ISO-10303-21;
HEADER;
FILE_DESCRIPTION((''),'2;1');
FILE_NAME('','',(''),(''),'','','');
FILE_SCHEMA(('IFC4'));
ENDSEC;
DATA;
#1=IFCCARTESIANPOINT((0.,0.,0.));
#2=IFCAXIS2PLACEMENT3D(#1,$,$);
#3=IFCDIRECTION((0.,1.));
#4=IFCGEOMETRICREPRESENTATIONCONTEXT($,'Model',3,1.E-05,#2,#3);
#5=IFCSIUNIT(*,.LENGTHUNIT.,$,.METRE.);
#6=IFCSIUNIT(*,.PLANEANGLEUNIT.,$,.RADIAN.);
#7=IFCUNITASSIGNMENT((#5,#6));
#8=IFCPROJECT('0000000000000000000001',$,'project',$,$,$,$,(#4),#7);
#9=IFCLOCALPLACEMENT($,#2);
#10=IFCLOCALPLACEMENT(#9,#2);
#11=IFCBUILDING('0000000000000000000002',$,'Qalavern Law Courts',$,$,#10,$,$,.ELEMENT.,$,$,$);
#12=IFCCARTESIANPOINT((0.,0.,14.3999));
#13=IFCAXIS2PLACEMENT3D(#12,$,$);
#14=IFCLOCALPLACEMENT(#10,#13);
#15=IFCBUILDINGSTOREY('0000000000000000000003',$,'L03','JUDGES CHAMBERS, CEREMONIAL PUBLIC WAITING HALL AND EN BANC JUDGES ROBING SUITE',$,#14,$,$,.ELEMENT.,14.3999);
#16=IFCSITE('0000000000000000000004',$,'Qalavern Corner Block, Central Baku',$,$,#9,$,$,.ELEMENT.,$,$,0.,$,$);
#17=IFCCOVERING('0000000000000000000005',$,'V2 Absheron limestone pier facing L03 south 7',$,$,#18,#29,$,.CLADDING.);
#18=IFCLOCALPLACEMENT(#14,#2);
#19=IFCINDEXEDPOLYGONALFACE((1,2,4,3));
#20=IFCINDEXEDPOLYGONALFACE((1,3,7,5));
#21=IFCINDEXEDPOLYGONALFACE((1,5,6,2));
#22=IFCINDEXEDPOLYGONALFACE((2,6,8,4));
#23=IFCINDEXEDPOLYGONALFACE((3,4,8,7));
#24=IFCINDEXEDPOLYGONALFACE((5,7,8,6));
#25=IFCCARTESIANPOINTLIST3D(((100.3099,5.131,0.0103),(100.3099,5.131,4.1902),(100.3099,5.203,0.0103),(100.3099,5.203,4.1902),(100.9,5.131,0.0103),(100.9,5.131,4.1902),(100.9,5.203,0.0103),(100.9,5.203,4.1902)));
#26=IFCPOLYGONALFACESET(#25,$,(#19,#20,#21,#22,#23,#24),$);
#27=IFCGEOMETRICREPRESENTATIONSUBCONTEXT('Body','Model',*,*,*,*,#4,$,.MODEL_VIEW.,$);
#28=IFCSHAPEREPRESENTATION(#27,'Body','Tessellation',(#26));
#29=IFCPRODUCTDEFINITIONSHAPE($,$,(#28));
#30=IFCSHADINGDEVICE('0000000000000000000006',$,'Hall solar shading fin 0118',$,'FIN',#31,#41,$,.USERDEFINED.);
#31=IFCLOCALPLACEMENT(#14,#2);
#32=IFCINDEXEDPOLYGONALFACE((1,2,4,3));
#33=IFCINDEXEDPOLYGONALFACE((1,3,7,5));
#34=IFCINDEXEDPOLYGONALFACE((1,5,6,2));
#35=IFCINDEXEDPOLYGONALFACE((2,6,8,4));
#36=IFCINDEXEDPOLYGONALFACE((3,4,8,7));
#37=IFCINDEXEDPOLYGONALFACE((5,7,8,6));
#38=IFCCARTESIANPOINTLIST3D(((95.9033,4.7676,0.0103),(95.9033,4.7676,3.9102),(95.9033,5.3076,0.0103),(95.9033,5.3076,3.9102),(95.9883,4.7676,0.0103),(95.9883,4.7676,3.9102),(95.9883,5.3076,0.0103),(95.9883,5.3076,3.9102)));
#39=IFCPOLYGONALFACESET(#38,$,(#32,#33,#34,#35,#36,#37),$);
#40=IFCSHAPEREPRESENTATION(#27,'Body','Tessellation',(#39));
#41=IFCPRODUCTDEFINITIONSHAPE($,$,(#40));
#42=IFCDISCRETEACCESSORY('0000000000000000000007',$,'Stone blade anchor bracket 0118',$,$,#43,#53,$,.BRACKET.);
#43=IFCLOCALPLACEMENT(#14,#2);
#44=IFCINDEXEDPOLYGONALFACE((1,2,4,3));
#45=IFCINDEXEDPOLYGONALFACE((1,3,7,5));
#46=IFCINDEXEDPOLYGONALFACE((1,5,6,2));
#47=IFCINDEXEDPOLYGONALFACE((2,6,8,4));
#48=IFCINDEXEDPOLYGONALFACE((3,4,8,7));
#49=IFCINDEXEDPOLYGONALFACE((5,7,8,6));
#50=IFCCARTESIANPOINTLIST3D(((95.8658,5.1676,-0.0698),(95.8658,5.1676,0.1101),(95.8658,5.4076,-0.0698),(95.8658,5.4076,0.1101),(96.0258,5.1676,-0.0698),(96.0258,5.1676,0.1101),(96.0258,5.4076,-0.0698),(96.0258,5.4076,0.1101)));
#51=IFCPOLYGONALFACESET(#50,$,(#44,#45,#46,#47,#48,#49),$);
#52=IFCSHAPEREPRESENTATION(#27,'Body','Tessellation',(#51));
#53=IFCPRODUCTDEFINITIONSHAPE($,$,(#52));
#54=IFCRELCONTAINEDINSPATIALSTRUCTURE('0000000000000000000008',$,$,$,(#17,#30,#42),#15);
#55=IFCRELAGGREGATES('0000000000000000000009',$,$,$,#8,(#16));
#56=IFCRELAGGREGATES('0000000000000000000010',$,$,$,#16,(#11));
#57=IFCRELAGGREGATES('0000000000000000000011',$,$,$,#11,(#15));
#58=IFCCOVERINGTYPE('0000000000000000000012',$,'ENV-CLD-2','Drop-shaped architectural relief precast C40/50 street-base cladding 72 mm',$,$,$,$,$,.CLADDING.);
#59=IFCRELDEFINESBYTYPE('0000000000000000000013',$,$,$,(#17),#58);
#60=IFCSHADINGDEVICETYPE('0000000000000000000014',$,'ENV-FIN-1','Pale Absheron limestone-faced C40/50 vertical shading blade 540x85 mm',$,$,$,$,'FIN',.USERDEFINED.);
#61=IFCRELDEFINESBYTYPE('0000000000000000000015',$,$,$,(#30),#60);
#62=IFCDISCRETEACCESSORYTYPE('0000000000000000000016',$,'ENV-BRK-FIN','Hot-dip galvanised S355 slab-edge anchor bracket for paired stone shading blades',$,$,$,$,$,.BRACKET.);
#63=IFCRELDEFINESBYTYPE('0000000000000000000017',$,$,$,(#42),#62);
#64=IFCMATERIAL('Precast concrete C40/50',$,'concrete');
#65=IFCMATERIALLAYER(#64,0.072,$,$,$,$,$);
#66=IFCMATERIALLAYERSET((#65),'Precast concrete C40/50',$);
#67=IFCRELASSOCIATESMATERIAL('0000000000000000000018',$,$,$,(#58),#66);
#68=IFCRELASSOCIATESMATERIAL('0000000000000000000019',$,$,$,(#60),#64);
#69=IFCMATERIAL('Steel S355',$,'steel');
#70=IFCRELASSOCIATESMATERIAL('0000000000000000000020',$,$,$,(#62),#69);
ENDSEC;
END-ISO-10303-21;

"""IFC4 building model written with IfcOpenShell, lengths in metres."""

from ifc_helpers import new_model, si_unit, direction, frame, origin, origin_2d, place, context, subcontext, project, spatial, rectangle, extrude, material, layer, layer_set, type_object, element, save


model = new_model("IFC4")

# Units and contexts
model_context = context("Model", 3, precision=1e-05, world=origin(), true_north=direction((0.0, 1.0)))
body_context = subcontext(model_context, "Body", "Model", "MODEL_VIEW")
ifc_project = project(units=[si_unit("LENGTHUNIT", "METRE"), si_unit("PLANEANGLEUNIT", "RADIAN")], contexts=[model_context])

# Site, building, storey
site_placement = place(None, origin())
site = spatial("IfcSite", under=ifc_project, at=site_placement, Name="Qalavern Corner Block, Central Baku", CompositionType="ELEMENT", RefElevation=0.0)
building_placement = place(site_placement, origin())
building = spatial("IfcBuilding", under=site, at=building_placement, Name="Qalavern Law Courts", CompositionType="ELEMENT")
storey_placement = place(building_placement, frame((0.0, 0.0, 14.3999)))
storey = spatial("IfcBuildingStorey", under=building, at=storey_placement, Name="L03", Description="JUDGES CHAMBERS, CEREMONIAL PUBLIC WAITING HALL AND EN BANC JUDGES ROBING SUITE", CompositionType="ELEMENT", Elevation=14.3999)

# Shared definitions
ifc_material_1 = material(Name="Steel S355", Category="steel")

# Covering
ifc_material_2 = material(Name="Precast concrete C40/50", Category="concrete")
ifc_layer_1 = layer(ifc_material_2, 0.072)
ifc_layer_set_1 = layer_set([ifc_layer_1], Name="Precast concrete C40/50")
covering_type = type_object("IfcCoveringType", Name="ENV-CLD-2", Description="Drop-shaped architectural relief precast C40/50 street-base cladding 72 mm", PredefinedType="CLADDING", material=ifc_layer_set_1)
covering_placement = place(storey_placement, frame((100.605, 5.167, 0.0103), z_axis=(0.0, 0.0, 1.0), x_axis=(1.0, 0.0, 0.0)))
element("IfcCovering", 1, at=covering_placement, inside=storey, type_object=covering_type, Name="V2 Absheron limestone pier facing L03 south 7", PredefinedType="CLADDING", context=body_context, shape_type="SweptSolid", body=[
    extrude(rectangle(XDim=0.5901, YDim=0.072, at=origin_2d()), origin(), (0.0, 0.0, 1.0), 4.1799),
])

# Shading device
shading_device_type = type_object("IfcShadingDeviceType", Name="ENV-FIN-1", Description="Pale Absheron limestone-faced C40/50 vertical shading blade 540x85 mm", ElementType="FIN", PredefinedType="USERDEFINED", material=ifc_material_2)
shading_device_placement = place(storey_placement, frame((95.9458, 5.0376, 0.0103), z_axis=(0.0, 0.0, 1.0), x_axis=(0.0, -1.0, 0.0)))
element("IfcShadingDevice", 2, at=shading_device_placement, inside=storey, type_object=shading_device_type, Name="Hall solar shading fin 0118", ObjectType="FIN", PredefinedType="USERDEFINED", context=body_context, shape_type="SweptSolid", body=[
    extrude(rectangle(XDim=0.54, YDim=0.085, at=origin_2d()), origin(), (0.0, 0.0, 1.0), 3.8999),
])

# Discrete accessory
discrete_accessory_type = type_object("IfcDiscreteAccessoryType", Name="ENV-BRK-FIN", Description="Hot-dip galvanised S355 slab-edge anchor bracket for paired stone shading blades", PredefinedType="BRACKET", material=ifc_material_1)
discrete_accessory_placement = place(storey_placement, frame((95.9458, 5.2876, -0.0698), z_axis=(0.0, 0.0, 1.0), x_axis=(0.0, -1.0, 0.0)))
element("IfcDiscreteAccessory", 3, at=discrete_accessory_placement, inside=storey, type_object=discrete_accessory_type, Name="Stone blade anchor bracket 0118", PredefinedType="BRACKET", context=body_context, shape_type="SweptSolid", body=[
    extrude(rectangle(XDim=0.24, YDim=0.1599, at=origin_2d()), origin(), (0.0, 0.0, 1.0), 0.1799),
])

save(model, "model.ifc")
